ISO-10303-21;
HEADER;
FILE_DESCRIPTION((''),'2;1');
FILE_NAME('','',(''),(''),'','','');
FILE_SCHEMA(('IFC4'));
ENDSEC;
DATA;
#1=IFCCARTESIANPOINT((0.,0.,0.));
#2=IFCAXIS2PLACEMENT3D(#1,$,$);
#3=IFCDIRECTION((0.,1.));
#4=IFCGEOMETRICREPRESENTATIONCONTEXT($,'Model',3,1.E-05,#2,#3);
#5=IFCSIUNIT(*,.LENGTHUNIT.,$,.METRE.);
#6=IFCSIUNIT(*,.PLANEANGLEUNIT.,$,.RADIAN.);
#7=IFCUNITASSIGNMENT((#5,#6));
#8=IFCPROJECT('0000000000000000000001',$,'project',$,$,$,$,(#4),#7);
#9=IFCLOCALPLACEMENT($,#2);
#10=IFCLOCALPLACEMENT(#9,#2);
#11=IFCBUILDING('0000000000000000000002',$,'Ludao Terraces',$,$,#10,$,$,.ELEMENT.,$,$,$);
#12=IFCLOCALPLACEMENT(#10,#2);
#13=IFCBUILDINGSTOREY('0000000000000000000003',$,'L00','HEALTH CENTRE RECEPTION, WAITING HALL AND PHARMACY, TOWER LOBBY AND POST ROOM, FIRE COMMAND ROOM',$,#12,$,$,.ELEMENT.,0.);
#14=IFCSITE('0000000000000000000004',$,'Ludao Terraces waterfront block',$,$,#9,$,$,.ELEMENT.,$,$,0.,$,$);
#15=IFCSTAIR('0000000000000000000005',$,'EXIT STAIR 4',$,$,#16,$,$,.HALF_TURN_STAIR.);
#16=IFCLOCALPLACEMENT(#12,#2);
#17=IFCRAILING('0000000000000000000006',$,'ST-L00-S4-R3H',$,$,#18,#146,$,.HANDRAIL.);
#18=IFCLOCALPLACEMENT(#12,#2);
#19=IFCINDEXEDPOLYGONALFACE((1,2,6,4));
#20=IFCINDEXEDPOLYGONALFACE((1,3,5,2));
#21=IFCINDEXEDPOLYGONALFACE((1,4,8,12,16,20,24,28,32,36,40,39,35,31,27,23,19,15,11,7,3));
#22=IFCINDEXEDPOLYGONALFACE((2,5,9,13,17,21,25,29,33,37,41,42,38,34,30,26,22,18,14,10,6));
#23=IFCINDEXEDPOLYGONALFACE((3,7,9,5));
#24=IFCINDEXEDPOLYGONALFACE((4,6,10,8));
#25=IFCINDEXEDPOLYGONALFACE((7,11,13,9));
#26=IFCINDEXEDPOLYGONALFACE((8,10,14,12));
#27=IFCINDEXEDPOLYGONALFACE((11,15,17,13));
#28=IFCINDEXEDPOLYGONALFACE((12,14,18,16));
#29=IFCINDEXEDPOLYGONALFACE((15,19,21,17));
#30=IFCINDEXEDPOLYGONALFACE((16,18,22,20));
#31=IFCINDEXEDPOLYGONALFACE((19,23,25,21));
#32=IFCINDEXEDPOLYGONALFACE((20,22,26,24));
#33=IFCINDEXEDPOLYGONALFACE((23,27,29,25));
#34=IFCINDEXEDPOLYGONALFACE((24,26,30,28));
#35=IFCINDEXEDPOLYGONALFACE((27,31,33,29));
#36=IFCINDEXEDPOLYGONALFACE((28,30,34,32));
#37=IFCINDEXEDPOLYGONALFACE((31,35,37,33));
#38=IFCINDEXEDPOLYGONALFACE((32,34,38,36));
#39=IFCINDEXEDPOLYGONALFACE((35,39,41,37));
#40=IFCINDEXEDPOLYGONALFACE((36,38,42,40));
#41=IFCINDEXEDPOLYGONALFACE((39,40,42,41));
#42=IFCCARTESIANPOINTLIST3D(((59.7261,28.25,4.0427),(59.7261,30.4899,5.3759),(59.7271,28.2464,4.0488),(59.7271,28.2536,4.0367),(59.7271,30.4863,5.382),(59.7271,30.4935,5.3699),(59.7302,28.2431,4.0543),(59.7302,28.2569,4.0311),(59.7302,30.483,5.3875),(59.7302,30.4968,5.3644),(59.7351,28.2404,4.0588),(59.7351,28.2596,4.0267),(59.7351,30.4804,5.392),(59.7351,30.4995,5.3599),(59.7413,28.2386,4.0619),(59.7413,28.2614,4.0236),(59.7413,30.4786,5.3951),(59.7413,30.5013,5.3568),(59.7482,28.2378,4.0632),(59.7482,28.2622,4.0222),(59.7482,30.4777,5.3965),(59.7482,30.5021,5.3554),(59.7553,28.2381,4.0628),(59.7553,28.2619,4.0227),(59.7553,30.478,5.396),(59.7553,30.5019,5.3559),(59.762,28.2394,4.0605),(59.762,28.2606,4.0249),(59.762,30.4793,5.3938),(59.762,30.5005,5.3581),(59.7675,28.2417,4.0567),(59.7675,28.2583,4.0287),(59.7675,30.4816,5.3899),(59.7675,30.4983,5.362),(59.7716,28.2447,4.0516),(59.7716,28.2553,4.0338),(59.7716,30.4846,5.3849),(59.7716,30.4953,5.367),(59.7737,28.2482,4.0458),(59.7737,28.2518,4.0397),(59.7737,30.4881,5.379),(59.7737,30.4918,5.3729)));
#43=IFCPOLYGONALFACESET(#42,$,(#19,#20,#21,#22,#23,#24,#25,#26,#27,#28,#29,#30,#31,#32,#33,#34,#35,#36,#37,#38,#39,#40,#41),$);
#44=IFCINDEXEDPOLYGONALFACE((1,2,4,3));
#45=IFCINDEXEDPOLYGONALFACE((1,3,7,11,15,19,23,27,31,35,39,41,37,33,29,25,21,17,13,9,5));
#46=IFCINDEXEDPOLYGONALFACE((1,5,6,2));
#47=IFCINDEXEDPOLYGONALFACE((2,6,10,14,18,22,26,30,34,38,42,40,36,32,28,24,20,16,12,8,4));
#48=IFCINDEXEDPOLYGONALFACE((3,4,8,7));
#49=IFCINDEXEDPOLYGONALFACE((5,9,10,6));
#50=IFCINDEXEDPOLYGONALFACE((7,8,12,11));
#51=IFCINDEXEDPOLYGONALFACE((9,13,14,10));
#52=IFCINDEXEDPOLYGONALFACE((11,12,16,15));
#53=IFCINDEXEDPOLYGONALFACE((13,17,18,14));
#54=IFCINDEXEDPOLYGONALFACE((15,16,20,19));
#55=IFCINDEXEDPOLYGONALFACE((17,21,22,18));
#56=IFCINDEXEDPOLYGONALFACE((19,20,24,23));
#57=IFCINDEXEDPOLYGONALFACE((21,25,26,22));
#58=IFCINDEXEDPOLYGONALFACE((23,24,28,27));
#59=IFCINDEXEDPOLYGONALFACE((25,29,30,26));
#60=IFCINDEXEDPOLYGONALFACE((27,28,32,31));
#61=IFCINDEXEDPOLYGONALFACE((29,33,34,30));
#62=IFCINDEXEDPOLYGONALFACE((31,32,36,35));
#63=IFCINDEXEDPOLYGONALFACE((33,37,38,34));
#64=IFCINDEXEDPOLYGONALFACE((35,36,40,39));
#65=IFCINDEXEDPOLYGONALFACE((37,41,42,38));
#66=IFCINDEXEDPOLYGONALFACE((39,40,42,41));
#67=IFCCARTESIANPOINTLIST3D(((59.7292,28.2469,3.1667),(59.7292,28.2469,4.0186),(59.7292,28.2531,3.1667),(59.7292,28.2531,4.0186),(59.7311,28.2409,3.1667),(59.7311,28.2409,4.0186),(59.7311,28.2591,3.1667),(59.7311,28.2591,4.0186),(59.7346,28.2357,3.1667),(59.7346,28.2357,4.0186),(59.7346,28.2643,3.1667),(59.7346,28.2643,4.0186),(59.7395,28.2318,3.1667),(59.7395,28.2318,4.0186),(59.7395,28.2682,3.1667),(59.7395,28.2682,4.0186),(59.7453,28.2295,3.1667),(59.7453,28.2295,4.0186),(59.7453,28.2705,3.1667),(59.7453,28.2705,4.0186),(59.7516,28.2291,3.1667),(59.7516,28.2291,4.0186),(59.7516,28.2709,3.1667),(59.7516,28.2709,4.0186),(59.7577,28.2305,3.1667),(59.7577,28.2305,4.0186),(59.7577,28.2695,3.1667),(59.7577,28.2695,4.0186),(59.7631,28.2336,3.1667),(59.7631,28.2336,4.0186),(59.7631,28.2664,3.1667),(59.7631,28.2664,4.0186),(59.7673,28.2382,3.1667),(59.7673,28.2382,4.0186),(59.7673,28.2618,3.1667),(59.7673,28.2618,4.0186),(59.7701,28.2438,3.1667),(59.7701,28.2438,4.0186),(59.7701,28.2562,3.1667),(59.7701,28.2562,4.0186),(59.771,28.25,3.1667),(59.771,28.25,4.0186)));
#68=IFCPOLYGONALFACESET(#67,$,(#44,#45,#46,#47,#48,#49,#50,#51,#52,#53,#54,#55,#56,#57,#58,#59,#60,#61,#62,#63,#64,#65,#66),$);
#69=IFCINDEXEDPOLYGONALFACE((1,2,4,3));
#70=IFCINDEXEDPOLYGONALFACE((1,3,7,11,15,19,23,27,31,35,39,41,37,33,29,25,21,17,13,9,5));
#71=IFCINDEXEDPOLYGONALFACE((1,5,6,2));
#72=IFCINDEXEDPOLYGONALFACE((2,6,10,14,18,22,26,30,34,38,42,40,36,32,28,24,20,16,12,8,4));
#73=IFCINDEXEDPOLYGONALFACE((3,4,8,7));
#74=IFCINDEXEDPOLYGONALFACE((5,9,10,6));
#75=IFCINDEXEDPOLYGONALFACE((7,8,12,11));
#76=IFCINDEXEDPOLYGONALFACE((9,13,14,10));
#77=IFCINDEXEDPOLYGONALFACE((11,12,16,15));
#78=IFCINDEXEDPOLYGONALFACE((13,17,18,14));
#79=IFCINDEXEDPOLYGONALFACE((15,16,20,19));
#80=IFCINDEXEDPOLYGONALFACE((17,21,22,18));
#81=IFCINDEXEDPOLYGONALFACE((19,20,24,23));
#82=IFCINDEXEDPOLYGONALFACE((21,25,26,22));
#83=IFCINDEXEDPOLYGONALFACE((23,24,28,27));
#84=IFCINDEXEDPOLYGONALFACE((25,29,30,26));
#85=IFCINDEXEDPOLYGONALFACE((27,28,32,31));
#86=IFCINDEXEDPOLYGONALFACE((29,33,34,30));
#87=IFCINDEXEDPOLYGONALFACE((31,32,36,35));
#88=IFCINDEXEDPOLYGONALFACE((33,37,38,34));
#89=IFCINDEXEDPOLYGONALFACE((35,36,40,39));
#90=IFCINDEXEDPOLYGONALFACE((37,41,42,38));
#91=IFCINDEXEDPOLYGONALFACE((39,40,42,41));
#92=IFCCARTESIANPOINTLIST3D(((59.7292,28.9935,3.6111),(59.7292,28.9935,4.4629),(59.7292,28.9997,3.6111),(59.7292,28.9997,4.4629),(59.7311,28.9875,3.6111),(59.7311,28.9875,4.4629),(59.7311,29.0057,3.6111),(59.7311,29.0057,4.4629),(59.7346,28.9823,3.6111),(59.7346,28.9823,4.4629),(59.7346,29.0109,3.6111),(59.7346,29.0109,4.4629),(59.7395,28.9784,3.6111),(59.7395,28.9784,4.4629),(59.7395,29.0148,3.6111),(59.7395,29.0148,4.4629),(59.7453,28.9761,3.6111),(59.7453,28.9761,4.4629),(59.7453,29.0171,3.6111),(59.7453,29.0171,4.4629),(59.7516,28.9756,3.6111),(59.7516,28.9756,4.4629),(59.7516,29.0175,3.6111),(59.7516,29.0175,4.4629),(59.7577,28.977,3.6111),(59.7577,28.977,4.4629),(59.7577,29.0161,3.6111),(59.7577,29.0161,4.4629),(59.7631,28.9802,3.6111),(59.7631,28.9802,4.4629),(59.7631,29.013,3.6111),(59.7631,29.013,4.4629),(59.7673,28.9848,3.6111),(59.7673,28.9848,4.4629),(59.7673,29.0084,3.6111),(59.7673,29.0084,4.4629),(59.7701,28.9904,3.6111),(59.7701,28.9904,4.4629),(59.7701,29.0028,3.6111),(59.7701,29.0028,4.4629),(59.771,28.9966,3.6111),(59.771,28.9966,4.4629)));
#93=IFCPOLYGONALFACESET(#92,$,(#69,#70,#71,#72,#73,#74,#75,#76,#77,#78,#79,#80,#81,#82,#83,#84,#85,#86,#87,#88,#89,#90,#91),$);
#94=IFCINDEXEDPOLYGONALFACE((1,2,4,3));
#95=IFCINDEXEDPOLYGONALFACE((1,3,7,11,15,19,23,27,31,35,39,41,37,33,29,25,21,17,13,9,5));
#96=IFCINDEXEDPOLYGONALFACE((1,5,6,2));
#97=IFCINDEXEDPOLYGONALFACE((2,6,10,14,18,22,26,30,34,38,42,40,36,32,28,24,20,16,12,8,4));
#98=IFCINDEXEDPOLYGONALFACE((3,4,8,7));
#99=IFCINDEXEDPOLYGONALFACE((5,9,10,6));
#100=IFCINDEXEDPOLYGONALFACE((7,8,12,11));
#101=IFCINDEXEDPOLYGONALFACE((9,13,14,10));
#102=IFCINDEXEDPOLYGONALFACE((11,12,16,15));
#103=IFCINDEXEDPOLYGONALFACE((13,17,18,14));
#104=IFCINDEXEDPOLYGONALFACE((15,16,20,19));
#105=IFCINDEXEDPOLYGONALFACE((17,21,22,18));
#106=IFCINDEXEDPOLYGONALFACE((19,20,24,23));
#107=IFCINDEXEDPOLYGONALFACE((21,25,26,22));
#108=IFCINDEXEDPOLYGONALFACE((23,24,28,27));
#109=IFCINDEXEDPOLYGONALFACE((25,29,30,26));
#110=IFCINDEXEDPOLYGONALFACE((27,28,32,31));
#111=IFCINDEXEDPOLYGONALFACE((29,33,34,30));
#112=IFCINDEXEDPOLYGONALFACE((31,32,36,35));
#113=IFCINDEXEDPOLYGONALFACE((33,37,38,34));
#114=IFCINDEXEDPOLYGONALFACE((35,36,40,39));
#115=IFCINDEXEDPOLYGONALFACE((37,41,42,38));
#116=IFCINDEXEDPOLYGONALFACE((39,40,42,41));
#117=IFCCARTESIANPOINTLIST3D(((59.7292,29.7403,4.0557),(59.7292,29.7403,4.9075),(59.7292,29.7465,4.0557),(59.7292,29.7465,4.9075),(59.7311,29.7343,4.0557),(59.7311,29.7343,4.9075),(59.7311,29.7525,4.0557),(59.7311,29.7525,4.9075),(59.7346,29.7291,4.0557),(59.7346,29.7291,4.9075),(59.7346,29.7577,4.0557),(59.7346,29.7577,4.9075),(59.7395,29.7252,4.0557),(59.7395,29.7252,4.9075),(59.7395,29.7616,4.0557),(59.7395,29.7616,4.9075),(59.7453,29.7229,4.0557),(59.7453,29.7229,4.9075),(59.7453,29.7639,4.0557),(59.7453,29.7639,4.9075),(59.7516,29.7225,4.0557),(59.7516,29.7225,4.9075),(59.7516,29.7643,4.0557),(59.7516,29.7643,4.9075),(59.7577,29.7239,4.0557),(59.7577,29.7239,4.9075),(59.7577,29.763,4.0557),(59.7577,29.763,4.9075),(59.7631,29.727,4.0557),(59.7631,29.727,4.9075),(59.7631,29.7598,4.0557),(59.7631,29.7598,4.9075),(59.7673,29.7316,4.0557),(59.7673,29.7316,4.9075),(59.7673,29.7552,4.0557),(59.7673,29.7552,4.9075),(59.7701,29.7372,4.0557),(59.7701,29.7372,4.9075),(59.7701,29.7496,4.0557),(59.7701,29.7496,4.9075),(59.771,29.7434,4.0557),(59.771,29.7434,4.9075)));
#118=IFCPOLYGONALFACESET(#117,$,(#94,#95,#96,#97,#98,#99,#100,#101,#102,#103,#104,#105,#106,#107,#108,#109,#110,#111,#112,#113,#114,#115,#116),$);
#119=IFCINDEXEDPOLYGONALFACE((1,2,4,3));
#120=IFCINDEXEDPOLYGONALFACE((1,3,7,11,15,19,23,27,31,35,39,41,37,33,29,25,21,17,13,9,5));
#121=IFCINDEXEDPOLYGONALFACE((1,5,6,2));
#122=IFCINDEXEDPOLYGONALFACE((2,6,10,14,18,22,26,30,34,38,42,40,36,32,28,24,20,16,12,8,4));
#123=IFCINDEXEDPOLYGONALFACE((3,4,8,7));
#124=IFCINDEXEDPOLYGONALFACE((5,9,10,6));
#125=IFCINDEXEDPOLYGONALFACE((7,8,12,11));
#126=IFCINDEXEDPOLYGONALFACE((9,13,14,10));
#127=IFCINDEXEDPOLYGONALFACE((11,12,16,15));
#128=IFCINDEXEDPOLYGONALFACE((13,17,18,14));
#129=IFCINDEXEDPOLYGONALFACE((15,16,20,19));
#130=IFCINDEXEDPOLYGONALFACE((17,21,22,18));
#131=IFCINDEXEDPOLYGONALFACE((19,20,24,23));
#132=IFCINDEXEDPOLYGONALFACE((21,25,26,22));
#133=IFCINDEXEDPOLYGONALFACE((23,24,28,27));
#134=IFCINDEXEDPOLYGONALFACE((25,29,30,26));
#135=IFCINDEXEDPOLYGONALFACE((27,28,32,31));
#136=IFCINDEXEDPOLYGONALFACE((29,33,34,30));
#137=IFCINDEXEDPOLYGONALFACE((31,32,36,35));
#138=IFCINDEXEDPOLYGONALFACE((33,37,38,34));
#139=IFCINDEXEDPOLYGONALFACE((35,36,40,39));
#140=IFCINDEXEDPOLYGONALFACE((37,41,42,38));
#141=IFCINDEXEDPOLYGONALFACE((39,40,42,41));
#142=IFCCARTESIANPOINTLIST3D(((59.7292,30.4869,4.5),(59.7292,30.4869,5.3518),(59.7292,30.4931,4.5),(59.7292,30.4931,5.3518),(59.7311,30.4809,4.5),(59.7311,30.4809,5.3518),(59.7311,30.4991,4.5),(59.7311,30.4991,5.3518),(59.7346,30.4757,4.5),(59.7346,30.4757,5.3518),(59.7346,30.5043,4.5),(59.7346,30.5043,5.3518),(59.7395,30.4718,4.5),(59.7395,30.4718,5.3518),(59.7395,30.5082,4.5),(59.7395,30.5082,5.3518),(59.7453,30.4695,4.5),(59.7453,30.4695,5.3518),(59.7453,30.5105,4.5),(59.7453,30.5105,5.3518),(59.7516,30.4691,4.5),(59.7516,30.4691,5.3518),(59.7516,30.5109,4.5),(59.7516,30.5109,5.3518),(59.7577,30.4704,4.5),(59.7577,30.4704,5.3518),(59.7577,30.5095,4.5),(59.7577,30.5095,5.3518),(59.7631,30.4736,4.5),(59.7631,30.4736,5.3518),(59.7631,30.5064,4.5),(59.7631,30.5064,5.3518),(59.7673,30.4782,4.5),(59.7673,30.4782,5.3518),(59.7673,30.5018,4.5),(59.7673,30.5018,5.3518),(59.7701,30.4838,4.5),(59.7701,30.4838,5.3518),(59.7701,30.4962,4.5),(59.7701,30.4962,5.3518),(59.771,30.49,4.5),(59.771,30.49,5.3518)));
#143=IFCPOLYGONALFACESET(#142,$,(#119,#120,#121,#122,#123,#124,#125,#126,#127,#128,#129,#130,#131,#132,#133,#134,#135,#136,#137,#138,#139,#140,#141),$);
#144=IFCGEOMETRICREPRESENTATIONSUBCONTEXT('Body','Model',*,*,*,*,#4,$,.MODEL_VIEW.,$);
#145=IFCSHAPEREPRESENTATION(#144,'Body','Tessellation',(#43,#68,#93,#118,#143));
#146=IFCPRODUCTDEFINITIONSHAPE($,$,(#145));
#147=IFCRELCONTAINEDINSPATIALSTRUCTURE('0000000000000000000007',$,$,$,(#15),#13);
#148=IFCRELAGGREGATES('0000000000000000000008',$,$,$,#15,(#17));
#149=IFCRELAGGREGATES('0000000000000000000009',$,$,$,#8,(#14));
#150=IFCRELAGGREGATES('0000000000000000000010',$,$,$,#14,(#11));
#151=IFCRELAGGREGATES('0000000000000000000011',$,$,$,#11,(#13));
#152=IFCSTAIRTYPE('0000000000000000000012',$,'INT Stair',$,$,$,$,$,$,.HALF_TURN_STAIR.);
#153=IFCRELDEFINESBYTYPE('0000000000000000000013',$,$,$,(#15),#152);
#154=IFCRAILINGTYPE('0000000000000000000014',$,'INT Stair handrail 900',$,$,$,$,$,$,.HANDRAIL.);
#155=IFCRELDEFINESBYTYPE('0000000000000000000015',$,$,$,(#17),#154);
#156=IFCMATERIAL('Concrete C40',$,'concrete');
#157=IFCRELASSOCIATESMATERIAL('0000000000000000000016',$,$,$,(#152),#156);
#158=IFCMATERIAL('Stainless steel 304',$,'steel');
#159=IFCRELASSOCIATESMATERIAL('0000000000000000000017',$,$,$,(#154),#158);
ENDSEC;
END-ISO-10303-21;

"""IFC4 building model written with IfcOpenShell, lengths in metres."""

from ifc_helpers import new_model, si_unit, direction, frame, origin, origin_2d, place, context, subcontext, project, spatial, circle, extrude, material, type_object, element, aggregate, save


model = new_model("IFC4")

# Units and contexts
model_context = context("Model", 3, precision=1e-05, world=origin(), true_north=direction((0.0, 1.0)))
body_context = subcontext(model_context, "Body", "Model", "MODEL_VIEW")
ifc_project = project(units=[si_unit("LENGTHUNIT", "METRE"), si_unit("PLANEANGLEUNIT", "RADIAN")], contexts=[model_context])

# Site, building, storey
site_placement = place(None, origin())
site = spatial("IfcSite", under=ifc_project, at=site_placement, Name="Ludao Terraces waterfront block", CompositionType="ELEMENT", RefElevation=0.0)
building_placement = place(site_placement, origin())
building = spatial("IfcBuilding", under=site, at=building_placement, Name="Ludao Terraces", CompositionType="ELEMENT")
storey_placement = place(building_placement, origin())
storey = spatial("IfcBuildingStorey", under=building, at=storey_placement, Name="L00", Description="HEALTH CENTRE RECEPTION, WAITING HALL AND PHARMACY, TOWER LOBBY AND POST ROOM, FIRE COMMAND ROOM", CompositionType="ELEMENT", Elevation=0.0)

# Shared definitions
ifc_material_1 = material(Name="Concrete C40", Category="concrete")

# Stair, railing
stair_type = type_object("IfcStairType", Name="INT Stair", PredefinedType="HALF_TURN_STAIR", material=ifc_material_1)
stair_placement = place(storey_placement, origin())
stair = element("IfcStair", 1, at=stair_placement, inside=storey, type_object=stair_type, Name="EXIT STAIR 4", PredefinedType="HALF_TURN_STAIR")
ifc_material_2 = material(Name="Stainless steel 304", Category="steel")
railing_type_1 = type_object("IfcRailingType", Name="INT Stair handrail 900", PredefinedType="HANDRAIL", material=ifc_material_2)
railing_1_placement = place(storey_placement, frame((59.75, 28.25, 3.1667)))
railing_1 = element("IfcRailing", 2, at=railing_1_placement, type_object=railing_type_1, Name="ST-L00-S4-R3H", PredefinedType="HANDRAIL", context=body_context, shape_type="SweptSolid", body=[
    extrude(circle(Radius=0.0239, at=origin_2d()), frame((0.0, 0.0, 0.876), z_axis=(0.0, 0.859306, 0.511462), x_axis=(-1.0, 0.0, 0.0)), (0.0, 0.0, 1.0), 2.6067),
    extrude(circle(Radius=0.021, at=origin_2d()), origin(), (0.0, 0.0, 1.0), 0.8518),
    extrude(circle(Radius=0.021, at=origin_2d()), frame((0.0, 0.7466, 0.4443)), (0.0, 0.0, 1.0), 0.8518),
    extrude(circle(Radius=0.021, at=origin_2d()), frame((0.0, 1.4934, 0.8889)), (0.0, 0.0, 1.0), 0.8518),
    extrude(circle(Radius=0.021, at=origin_2d()), frame((0.0, 2.24, 1.3333)), (0.0, 0.0, 1.0), 0.8518),
])
aggregate(stair, [railing_1])

save(model, "model.ifc")
